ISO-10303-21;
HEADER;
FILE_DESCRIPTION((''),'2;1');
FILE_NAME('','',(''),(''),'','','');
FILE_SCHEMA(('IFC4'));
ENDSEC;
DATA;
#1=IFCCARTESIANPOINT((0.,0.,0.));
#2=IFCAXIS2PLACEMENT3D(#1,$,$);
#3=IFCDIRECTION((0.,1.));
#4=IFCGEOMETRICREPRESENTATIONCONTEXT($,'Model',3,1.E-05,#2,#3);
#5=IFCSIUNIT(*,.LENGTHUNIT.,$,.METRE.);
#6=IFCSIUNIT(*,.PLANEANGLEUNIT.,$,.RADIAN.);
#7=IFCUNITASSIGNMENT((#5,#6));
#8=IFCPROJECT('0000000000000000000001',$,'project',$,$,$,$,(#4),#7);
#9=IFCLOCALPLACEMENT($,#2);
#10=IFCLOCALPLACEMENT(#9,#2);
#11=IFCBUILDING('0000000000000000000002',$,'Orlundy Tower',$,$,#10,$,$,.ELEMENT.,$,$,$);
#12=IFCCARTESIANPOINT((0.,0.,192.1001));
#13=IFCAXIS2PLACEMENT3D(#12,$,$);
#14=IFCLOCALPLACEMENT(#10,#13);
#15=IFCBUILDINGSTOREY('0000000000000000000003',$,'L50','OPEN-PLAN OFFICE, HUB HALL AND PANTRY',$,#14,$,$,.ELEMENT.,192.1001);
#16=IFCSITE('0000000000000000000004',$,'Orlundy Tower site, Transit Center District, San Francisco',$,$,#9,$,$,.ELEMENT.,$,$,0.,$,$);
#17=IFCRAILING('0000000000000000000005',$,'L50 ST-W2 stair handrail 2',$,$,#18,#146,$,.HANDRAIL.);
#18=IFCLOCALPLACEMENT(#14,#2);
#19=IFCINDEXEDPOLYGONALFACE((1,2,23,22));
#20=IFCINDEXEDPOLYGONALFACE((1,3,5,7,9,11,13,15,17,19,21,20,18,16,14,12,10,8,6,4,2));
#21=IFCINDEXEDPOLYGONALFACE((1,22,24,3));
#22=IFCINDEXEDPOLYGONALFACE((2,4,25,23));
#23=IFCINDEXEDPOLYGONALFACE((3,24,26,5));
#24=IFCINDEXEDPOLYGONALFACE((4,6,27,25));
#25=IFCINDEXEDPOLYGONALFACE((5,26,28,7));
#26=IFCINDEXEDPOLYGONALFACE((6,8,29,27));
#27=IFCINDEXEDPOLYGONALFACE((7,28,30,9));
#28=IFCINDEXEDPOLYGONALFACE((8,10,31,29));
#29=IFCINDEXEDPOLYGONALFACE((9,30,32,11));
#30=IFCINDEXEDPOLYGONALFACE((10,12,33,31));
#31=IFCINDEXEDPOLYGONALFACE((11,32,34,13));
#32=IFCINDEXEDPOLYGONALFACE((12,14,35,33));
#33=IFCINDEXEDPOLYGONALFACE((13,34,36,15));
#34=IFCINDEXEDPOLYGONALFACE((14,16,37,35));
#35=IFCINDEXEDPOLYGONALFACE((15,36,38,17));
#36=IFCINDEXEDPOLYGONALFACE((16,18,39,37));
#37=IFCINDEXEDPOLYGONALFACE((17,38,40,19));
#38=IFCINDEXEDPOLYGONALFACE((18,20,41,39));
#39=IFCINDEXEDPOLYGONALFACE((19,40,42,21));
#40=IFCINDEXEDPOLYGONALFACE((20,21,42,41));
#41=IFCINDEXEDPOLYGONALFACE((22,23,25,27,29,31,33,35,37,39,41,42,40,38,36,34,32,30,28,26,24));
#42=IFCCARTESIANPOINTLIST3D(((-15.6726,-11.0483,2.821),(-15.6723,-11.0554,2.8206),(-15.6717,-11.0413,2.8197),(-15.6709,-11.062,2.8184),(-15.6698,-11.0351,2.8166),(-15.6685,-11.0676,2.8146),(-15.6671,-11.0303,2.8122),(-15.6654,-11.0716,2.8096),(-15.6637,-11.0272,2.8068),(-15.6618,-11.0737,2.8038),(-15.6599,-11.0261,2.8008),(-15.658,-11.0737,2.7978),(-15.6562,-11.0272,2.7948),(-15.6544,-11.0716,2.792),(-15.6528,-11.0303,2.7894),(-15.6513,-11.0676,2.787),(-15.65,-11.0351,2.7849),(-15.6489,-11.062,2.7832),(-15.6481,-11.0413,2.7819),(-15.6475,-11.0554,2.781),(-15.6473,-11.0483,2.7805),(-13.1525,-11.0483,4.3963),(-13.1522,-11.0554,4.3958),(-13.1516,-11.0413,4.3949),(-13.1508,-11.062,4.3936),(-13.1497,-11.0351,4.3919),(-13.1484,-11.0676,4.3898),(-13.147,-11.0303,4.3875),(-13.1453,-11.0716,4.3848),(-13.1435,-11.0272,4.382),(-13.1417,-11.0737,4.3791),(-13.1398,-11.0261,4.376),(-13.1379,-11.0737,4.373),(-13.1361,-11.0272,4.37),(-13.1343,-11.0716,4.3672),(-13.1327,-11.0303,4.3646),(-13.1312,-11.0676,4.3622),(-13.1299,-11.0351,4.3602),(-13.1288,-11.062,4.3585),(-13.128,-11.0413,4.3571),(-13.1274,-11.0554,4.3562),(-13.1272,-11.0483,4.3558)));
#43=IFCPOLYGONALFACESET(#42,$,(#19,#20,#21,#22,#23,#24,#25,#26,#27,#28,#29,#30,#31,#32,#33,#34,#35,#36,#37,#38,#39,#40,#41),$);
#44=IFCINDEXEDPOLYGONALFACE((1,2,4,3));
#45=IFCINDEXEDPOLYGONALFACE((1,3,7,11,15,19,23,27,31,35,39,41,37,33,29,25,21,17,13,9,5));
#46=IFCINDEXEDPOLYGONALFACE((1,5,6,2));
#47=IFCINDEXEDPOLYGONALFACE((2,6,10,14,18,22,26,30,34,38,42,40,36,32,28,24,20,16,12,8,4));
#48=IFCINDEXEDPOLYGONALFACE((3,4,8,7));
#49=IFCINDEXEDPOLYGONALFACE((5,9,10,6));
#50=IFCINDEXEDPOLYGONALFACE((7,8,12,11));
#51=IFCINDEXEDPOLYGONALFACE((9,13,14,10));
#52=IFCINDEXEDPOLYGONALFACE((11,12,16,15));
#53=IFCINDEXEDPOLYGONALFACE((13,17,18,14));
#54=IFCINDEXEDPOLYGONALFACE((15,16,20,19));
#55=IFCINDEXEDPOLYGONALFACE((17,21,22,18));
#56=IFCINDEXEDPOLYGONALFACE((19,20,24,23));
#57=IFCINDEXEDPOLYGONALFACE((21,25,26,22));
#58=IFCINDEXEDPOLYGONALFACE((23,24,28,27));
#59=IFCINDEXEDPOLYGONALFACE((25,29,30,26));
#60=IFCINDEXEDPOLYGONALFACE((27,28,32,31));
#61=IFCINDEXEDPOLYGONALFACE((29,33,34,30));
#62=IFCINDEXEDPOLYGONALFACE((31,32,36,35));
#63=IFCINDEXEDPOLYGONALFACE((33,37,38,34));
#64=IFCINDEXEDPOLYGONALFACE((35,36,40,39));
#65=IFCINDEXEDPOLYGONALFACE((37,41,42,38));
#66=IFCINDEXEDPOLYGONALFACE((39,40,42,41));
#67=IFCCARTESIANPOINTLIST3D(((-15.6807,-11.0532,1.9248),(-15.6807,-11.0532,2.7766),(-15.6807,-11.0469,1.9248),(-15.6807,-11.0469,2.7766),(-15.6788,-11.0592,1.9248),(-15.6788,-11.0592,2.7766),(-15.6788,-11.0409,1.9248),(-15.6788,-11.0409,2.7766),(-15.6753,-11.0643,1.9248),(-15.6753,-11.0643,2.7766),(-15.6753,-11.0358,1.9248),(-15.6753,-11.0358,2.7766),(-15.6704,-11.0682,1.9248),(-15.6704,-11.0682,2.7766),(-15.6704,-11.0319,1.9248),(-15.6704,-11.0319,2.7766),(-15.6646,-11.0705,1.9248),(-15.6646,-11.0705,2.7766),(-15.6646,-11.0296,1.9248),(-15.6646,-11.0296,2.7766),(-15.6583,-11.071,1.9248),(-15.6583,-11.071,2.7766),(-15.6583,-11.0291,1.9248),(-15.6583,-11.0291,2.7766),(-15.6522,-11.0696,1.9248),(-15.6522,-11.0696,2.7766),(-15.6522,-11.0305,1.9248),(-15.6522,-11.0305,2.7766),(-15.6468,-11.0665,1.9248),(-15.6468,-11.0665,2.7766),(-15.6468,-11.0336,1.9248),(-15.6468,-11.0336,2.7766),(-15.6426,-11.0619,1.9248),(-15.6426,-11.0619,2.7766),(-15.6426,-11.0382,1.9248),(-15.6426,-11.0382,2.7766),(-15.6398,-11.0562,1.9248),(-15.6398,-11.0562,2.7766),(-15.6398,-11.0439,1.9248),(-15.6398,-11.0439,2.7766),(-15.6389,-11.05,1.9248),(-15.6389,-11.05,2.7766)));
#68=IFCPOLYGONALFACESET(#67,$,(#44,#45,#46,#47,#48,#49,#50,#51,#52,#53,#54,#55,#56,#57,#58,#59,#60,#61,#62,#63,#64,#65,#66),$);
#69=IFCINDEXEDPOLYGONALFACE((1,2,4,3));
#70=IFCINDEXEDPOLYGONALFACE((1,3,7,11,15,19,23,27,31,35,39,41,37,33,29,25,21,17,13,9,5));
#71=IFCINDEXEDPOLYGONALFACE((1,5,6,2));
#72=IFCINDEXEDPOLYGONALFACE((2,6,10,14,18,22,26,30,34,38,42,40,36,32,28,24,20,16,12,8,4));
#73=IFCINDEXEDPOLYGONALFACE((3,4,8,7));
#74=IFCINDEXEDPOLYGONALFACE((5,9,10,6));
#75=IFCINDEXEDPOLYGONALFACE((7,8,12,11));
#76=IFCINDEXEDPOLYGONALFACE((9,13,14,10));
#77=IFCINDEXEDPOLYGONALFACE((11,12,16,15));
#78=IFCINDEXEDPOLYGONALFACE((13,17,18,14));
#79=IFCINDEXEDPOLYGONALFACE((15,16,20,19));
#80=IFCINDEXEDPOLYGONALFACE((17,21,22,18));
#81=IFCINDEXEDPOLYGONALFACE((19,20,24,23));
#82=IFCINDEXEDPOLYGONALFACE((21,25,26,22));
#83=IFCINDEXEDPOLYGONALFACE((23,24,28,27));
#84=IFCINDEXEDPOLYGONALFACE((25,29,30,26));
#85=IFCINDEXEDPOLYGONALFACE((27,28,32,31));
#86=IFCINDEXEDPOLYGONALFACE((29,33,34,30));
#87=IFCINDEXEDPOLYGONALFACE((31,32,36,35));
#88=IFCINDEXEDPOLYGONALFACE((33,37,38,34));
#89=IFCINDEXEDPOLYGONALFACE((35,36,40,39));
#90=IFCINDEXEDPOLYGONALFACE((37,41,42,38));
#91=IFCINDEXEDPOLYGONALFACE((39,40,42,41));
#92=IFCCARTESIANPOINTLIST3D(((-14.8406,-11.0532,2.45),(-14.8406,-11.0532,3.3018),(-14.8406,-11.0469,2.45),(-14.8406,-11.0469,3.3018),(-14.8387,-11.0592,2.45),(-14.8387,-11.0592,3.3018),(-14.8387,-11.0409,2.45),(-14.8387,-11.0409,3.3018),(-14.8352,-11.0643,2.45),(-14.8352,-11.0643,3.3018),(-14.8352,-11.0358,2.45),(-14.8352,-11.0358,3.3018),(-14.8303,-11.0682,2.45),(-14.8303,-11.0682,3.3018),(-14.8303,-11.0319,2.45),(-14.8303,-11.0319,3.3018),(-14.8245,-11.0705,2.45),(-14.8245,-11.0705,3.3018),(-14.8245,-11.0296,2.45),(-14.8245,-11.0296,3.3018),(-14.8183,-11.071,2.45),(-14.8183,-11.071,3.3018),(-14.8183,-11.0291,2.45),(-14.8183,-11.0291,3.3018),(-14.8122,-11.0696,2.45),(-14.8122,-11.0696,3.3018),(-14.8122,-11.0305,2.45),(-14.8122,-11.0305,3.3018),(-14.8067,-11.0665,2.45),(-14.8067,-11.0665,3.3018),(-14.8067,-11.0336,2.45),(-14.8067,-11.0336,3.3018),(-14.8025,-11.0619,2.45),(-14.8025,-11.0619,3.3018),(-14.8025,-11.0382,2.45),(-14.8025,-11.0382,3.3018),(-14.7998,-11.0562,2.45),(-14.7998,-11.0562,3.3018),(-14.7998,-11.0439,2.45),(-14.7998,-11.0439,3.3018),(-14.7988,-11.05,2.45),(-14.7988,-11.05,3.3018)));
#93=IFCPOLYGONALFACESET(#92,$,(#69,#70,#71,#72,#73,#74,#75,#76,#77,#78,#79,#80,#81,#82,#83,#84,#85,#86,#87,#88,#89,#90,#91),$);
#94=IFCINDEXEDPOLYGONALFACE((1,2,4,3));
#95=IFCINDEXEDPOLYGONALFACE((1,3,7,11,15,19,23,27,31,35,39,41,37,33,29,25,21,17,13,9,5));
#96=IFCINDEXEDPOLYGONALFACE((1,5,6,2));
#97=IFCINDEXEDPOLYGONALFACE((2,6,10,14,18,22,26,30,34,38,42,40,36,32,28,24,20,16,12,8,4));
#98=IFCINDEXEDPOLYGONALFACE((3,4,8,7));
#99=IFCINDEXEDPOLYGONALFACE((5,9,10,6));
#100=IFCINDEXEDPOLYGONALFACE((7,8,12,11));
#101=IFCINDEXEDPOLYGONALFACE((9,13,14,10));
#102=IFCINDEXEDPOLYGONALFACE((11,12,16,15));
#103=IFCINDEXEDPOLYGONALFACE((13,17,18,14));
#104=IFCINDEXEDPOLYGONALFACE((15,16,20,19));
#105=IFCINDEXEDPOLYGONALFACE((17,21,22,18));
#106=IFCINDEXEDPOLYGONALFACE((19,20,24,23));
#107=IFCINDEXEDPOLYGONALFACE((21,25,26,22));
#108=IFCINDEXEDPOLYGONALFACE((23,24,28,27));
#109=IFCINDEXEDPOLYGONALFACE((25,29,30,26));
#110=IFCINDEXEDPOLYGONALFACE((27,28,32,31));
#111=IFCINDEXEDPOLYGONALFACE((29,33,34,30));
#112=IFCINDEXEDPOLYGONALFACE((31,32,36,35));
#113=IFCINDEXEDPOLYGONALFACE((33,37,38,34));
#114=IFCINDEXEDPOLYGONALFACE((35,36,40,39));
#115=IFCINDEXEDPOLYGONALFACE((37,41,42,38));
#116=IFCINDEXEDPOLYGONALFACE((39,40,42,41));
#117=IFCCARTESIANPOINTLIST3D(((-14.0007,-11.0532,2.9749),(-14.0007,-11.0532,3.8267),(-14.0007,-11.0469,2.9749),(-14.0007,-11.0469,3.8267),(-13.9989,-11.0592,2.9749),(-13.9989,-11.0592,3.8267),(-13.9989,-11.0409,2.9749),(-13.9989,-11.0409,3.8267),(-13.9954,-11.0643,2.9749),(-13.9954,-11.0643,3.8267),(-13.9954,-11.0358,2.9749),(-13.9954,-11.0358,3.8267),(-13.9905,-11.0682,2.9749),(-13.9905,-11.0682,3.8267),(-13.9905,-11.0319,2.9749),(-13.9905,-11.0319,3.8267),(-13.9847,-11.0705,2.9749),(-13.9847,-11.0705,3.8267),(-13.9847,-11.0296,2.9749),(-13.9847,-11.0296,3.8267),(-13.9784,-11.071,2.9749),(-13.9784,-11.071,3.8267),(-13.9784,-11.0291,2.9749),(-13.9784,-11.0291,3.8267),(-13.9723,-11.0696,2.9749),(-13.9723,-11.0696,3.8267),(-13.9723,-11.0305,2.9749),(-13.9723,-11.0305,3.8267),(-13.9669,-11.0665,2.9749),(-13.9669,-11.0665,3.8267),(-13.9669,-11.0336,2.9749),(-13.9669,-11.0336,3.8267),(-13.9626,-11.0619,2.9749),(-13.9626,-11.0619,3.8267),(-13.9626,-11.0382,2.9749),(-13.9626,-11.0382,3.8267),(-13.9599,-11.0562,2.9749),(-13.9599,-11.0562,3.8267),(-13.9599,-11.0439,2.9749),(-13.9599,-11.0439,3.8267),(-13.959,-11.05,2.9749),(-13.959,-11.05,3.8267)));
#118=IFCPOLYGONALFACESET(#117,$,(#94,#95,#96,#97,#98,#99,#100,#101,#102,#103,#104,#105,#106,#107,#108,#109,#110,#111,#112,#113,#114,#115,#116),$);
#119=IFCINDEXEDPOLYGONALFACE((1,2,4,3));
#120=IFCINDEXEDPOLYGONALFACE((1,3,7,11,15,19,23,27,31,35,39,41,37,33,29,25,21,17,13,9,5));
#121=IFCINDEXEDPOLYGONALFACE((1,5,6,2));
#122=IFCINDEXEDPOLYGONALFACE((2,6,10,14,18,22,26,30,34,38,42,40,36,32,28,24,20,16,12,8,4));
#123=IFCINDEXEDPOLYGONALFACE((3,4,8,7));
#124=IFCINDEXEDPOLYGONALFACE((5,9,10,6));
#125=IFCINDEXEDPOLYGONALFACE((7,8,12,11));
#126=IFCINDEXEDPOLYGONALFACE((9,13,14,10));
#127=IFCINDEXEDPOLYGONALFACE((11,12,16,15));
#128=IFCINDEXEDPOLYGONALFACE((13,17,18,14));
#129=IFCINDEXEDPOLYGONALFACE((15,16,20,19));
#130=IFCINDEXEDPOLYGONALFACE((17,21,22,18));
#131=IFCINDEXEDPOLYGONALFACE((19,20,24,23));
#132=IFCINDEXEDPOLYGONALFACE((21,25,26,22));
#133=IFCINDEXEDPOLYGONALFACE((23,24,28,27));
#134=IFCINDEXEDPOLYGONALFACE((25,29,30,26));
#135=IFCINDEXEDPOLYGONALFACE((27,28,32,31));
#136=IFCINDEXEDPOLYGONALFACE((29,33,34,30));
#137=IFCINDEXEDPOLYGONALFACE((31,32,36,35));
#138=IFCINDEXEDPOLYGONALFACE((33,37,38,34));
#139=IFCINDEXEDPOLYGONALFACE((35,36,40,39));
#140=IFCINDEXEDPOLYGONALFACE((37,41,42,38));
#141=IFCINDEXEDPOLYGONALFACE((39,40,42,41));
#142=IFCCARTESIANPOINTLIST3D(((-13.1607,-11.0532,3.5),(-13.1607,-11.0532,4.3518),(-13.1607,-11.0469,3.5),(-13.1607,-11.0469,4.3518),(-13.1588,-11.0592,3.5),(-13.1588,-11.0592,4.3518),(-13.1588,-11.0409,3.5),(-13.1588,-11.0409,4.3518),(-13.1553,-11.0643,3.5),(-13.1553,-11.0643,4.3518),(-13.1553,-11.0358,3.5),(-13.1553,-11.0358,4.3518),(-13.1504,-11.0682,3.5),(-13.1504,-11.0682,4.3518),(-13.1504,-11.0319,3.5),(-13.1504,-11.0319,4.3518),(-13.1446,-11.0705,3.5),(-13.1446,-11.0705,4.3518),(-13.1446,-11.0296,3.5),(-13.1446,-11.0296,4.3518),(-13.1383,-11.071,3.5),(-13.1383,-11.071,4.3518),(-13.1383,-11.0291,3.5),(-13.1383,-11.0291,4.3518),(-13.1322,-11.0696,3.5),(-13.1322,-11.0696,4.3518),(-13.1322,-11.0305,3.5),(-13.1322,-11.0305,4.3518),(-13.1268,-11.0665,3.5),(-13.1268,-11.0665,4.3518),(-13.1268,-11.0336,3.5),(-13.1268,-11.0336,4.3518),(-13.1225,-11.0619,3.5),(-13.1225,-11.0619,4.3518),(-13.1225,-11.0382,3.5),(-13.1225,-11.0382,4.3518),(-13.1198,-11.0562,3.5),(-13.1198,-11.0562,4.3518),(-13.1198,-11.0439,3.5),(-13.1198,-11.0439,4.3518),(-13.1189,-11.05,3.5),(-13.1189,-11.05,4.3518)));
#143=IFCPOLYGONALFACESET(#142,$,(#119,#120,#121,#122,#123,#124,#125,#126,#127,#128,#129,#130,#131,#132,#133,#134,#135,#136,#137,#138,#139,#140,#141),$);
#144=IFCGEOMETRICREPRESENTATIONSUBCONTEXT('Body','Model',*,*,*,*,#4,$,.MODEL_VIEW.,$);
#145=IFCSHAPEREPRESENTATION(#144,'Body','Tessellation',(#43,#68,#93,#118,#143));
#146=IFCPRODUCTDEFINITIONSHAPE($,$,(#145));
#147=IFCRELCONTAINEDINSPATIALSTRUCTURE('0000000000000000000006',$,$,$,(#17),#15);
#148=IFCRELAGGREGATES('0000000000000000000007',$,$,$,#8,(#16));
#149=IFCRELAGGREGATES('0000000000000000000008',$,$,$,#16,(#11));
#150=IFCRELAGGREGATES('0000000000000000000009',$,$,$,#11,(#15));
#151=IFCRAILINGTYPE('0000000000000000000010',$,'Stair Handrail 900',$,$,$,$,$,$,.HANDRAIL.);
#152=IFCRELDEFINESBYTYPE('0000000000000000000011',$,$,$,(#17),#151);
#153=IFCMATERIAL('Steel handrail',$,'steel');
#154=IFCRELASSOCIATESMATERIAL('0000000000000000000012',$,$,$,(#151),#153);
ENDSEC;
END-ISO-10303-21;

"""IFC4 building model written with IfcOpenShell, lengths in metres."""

from ifc_helpers import new_model, si_unit, direction, frame, origin, origin_2d, place, context, subcontext, project, spatial, circle, extrude, material, type_object, element, save


model = new_model("IFC4")

# Units and contexts
model_context = context("Model", 3, precision=1e-05, world=origin(), true_north=direction((0.0, 1.0)))
body_context = subcontext(model_context, "Body", "Model", "MODEL_VIEW")
ifc_project = project(units=[si_unit("LENGTHUNIT", "METRE"), si_unit("PLANEANGLEUNIT", "RADIAN")], contexts=[model_context])

# Site, building, storey
site_placement = place(None, origin())
site = spatial("IfcSite", under=ifc_project, at=site_placement, Name="Orlundy Tower site, Transit Center District, San Francisco", CompositionType="ELEMENT", RefElevation=0.0)
building_placement = place(site_placement, origin())
building = spatial("IfcBuilding", under=site, at=building_placement, Name="Orlundy Tower", CompositionType="ELEMENT")
storey_placement = place(building_placement, frame((0.0, 0.0, 192.1001)))
storey = spatial("IfcBuildingStorey", under=building, at=storey_placement, Name="L50", Description="OPEN-PLAN OFFICE, HUB HALL AND PANTRY", CompositionType="ELEMENT", Elevation=192.1001)

# Railing
ifc_material_1 = material(Name="Steel handrail", Category="steel")
railing_type = type_object("IfcRailingType", Name="Stair Handrail 900", PredefinedType="HANDRAIL", material=ifc_material_1)
railing_placement = place(storey_placement, frame((-15.6599, -11.05, 1.9248)))
element("IfcRailing", 1, at=railing_placement, inside=storey, type_object=railing_type, Name="L50 ST-W2 stair handrail 2", PredefinedType="HANDRAIL", context=body_context, shape_type="SweptSolid", body=[
    extrude(circle(Radius=0.0239, at=origin_2d()), frame((0.0, 0.0, 0.876), z_axis=(0.847971, 0.0, 0.530043), x_axis=(0.0, 1.0, 0.0)), (0.0, 0.0, 1.0), 2.9719),
    extrude(circle(Radius=0.021, at=origin_2d()), origin(), (0.0, 0.0, 1.0), 0.8518),
    extrude(circle(Radius=0.021, at=origin_2d()), frame((0.8401, 0.0, 0.5251)), (0.0, 0.0, 1.0), 0.8518),
    extrude(circle(Radius=0.021, at=origin_2d()), frame((1.6799, 0.0, 1.05)), (0.0, 0.0, 1.0), 0.8518),
    extrude(circle(Radius=0.021, at=origin_2d()), frame((2.52, 0.0, 1.5752)), (0.0, 0.0, 1.0), 0.8518),
])

save(model, "model.ifc")
